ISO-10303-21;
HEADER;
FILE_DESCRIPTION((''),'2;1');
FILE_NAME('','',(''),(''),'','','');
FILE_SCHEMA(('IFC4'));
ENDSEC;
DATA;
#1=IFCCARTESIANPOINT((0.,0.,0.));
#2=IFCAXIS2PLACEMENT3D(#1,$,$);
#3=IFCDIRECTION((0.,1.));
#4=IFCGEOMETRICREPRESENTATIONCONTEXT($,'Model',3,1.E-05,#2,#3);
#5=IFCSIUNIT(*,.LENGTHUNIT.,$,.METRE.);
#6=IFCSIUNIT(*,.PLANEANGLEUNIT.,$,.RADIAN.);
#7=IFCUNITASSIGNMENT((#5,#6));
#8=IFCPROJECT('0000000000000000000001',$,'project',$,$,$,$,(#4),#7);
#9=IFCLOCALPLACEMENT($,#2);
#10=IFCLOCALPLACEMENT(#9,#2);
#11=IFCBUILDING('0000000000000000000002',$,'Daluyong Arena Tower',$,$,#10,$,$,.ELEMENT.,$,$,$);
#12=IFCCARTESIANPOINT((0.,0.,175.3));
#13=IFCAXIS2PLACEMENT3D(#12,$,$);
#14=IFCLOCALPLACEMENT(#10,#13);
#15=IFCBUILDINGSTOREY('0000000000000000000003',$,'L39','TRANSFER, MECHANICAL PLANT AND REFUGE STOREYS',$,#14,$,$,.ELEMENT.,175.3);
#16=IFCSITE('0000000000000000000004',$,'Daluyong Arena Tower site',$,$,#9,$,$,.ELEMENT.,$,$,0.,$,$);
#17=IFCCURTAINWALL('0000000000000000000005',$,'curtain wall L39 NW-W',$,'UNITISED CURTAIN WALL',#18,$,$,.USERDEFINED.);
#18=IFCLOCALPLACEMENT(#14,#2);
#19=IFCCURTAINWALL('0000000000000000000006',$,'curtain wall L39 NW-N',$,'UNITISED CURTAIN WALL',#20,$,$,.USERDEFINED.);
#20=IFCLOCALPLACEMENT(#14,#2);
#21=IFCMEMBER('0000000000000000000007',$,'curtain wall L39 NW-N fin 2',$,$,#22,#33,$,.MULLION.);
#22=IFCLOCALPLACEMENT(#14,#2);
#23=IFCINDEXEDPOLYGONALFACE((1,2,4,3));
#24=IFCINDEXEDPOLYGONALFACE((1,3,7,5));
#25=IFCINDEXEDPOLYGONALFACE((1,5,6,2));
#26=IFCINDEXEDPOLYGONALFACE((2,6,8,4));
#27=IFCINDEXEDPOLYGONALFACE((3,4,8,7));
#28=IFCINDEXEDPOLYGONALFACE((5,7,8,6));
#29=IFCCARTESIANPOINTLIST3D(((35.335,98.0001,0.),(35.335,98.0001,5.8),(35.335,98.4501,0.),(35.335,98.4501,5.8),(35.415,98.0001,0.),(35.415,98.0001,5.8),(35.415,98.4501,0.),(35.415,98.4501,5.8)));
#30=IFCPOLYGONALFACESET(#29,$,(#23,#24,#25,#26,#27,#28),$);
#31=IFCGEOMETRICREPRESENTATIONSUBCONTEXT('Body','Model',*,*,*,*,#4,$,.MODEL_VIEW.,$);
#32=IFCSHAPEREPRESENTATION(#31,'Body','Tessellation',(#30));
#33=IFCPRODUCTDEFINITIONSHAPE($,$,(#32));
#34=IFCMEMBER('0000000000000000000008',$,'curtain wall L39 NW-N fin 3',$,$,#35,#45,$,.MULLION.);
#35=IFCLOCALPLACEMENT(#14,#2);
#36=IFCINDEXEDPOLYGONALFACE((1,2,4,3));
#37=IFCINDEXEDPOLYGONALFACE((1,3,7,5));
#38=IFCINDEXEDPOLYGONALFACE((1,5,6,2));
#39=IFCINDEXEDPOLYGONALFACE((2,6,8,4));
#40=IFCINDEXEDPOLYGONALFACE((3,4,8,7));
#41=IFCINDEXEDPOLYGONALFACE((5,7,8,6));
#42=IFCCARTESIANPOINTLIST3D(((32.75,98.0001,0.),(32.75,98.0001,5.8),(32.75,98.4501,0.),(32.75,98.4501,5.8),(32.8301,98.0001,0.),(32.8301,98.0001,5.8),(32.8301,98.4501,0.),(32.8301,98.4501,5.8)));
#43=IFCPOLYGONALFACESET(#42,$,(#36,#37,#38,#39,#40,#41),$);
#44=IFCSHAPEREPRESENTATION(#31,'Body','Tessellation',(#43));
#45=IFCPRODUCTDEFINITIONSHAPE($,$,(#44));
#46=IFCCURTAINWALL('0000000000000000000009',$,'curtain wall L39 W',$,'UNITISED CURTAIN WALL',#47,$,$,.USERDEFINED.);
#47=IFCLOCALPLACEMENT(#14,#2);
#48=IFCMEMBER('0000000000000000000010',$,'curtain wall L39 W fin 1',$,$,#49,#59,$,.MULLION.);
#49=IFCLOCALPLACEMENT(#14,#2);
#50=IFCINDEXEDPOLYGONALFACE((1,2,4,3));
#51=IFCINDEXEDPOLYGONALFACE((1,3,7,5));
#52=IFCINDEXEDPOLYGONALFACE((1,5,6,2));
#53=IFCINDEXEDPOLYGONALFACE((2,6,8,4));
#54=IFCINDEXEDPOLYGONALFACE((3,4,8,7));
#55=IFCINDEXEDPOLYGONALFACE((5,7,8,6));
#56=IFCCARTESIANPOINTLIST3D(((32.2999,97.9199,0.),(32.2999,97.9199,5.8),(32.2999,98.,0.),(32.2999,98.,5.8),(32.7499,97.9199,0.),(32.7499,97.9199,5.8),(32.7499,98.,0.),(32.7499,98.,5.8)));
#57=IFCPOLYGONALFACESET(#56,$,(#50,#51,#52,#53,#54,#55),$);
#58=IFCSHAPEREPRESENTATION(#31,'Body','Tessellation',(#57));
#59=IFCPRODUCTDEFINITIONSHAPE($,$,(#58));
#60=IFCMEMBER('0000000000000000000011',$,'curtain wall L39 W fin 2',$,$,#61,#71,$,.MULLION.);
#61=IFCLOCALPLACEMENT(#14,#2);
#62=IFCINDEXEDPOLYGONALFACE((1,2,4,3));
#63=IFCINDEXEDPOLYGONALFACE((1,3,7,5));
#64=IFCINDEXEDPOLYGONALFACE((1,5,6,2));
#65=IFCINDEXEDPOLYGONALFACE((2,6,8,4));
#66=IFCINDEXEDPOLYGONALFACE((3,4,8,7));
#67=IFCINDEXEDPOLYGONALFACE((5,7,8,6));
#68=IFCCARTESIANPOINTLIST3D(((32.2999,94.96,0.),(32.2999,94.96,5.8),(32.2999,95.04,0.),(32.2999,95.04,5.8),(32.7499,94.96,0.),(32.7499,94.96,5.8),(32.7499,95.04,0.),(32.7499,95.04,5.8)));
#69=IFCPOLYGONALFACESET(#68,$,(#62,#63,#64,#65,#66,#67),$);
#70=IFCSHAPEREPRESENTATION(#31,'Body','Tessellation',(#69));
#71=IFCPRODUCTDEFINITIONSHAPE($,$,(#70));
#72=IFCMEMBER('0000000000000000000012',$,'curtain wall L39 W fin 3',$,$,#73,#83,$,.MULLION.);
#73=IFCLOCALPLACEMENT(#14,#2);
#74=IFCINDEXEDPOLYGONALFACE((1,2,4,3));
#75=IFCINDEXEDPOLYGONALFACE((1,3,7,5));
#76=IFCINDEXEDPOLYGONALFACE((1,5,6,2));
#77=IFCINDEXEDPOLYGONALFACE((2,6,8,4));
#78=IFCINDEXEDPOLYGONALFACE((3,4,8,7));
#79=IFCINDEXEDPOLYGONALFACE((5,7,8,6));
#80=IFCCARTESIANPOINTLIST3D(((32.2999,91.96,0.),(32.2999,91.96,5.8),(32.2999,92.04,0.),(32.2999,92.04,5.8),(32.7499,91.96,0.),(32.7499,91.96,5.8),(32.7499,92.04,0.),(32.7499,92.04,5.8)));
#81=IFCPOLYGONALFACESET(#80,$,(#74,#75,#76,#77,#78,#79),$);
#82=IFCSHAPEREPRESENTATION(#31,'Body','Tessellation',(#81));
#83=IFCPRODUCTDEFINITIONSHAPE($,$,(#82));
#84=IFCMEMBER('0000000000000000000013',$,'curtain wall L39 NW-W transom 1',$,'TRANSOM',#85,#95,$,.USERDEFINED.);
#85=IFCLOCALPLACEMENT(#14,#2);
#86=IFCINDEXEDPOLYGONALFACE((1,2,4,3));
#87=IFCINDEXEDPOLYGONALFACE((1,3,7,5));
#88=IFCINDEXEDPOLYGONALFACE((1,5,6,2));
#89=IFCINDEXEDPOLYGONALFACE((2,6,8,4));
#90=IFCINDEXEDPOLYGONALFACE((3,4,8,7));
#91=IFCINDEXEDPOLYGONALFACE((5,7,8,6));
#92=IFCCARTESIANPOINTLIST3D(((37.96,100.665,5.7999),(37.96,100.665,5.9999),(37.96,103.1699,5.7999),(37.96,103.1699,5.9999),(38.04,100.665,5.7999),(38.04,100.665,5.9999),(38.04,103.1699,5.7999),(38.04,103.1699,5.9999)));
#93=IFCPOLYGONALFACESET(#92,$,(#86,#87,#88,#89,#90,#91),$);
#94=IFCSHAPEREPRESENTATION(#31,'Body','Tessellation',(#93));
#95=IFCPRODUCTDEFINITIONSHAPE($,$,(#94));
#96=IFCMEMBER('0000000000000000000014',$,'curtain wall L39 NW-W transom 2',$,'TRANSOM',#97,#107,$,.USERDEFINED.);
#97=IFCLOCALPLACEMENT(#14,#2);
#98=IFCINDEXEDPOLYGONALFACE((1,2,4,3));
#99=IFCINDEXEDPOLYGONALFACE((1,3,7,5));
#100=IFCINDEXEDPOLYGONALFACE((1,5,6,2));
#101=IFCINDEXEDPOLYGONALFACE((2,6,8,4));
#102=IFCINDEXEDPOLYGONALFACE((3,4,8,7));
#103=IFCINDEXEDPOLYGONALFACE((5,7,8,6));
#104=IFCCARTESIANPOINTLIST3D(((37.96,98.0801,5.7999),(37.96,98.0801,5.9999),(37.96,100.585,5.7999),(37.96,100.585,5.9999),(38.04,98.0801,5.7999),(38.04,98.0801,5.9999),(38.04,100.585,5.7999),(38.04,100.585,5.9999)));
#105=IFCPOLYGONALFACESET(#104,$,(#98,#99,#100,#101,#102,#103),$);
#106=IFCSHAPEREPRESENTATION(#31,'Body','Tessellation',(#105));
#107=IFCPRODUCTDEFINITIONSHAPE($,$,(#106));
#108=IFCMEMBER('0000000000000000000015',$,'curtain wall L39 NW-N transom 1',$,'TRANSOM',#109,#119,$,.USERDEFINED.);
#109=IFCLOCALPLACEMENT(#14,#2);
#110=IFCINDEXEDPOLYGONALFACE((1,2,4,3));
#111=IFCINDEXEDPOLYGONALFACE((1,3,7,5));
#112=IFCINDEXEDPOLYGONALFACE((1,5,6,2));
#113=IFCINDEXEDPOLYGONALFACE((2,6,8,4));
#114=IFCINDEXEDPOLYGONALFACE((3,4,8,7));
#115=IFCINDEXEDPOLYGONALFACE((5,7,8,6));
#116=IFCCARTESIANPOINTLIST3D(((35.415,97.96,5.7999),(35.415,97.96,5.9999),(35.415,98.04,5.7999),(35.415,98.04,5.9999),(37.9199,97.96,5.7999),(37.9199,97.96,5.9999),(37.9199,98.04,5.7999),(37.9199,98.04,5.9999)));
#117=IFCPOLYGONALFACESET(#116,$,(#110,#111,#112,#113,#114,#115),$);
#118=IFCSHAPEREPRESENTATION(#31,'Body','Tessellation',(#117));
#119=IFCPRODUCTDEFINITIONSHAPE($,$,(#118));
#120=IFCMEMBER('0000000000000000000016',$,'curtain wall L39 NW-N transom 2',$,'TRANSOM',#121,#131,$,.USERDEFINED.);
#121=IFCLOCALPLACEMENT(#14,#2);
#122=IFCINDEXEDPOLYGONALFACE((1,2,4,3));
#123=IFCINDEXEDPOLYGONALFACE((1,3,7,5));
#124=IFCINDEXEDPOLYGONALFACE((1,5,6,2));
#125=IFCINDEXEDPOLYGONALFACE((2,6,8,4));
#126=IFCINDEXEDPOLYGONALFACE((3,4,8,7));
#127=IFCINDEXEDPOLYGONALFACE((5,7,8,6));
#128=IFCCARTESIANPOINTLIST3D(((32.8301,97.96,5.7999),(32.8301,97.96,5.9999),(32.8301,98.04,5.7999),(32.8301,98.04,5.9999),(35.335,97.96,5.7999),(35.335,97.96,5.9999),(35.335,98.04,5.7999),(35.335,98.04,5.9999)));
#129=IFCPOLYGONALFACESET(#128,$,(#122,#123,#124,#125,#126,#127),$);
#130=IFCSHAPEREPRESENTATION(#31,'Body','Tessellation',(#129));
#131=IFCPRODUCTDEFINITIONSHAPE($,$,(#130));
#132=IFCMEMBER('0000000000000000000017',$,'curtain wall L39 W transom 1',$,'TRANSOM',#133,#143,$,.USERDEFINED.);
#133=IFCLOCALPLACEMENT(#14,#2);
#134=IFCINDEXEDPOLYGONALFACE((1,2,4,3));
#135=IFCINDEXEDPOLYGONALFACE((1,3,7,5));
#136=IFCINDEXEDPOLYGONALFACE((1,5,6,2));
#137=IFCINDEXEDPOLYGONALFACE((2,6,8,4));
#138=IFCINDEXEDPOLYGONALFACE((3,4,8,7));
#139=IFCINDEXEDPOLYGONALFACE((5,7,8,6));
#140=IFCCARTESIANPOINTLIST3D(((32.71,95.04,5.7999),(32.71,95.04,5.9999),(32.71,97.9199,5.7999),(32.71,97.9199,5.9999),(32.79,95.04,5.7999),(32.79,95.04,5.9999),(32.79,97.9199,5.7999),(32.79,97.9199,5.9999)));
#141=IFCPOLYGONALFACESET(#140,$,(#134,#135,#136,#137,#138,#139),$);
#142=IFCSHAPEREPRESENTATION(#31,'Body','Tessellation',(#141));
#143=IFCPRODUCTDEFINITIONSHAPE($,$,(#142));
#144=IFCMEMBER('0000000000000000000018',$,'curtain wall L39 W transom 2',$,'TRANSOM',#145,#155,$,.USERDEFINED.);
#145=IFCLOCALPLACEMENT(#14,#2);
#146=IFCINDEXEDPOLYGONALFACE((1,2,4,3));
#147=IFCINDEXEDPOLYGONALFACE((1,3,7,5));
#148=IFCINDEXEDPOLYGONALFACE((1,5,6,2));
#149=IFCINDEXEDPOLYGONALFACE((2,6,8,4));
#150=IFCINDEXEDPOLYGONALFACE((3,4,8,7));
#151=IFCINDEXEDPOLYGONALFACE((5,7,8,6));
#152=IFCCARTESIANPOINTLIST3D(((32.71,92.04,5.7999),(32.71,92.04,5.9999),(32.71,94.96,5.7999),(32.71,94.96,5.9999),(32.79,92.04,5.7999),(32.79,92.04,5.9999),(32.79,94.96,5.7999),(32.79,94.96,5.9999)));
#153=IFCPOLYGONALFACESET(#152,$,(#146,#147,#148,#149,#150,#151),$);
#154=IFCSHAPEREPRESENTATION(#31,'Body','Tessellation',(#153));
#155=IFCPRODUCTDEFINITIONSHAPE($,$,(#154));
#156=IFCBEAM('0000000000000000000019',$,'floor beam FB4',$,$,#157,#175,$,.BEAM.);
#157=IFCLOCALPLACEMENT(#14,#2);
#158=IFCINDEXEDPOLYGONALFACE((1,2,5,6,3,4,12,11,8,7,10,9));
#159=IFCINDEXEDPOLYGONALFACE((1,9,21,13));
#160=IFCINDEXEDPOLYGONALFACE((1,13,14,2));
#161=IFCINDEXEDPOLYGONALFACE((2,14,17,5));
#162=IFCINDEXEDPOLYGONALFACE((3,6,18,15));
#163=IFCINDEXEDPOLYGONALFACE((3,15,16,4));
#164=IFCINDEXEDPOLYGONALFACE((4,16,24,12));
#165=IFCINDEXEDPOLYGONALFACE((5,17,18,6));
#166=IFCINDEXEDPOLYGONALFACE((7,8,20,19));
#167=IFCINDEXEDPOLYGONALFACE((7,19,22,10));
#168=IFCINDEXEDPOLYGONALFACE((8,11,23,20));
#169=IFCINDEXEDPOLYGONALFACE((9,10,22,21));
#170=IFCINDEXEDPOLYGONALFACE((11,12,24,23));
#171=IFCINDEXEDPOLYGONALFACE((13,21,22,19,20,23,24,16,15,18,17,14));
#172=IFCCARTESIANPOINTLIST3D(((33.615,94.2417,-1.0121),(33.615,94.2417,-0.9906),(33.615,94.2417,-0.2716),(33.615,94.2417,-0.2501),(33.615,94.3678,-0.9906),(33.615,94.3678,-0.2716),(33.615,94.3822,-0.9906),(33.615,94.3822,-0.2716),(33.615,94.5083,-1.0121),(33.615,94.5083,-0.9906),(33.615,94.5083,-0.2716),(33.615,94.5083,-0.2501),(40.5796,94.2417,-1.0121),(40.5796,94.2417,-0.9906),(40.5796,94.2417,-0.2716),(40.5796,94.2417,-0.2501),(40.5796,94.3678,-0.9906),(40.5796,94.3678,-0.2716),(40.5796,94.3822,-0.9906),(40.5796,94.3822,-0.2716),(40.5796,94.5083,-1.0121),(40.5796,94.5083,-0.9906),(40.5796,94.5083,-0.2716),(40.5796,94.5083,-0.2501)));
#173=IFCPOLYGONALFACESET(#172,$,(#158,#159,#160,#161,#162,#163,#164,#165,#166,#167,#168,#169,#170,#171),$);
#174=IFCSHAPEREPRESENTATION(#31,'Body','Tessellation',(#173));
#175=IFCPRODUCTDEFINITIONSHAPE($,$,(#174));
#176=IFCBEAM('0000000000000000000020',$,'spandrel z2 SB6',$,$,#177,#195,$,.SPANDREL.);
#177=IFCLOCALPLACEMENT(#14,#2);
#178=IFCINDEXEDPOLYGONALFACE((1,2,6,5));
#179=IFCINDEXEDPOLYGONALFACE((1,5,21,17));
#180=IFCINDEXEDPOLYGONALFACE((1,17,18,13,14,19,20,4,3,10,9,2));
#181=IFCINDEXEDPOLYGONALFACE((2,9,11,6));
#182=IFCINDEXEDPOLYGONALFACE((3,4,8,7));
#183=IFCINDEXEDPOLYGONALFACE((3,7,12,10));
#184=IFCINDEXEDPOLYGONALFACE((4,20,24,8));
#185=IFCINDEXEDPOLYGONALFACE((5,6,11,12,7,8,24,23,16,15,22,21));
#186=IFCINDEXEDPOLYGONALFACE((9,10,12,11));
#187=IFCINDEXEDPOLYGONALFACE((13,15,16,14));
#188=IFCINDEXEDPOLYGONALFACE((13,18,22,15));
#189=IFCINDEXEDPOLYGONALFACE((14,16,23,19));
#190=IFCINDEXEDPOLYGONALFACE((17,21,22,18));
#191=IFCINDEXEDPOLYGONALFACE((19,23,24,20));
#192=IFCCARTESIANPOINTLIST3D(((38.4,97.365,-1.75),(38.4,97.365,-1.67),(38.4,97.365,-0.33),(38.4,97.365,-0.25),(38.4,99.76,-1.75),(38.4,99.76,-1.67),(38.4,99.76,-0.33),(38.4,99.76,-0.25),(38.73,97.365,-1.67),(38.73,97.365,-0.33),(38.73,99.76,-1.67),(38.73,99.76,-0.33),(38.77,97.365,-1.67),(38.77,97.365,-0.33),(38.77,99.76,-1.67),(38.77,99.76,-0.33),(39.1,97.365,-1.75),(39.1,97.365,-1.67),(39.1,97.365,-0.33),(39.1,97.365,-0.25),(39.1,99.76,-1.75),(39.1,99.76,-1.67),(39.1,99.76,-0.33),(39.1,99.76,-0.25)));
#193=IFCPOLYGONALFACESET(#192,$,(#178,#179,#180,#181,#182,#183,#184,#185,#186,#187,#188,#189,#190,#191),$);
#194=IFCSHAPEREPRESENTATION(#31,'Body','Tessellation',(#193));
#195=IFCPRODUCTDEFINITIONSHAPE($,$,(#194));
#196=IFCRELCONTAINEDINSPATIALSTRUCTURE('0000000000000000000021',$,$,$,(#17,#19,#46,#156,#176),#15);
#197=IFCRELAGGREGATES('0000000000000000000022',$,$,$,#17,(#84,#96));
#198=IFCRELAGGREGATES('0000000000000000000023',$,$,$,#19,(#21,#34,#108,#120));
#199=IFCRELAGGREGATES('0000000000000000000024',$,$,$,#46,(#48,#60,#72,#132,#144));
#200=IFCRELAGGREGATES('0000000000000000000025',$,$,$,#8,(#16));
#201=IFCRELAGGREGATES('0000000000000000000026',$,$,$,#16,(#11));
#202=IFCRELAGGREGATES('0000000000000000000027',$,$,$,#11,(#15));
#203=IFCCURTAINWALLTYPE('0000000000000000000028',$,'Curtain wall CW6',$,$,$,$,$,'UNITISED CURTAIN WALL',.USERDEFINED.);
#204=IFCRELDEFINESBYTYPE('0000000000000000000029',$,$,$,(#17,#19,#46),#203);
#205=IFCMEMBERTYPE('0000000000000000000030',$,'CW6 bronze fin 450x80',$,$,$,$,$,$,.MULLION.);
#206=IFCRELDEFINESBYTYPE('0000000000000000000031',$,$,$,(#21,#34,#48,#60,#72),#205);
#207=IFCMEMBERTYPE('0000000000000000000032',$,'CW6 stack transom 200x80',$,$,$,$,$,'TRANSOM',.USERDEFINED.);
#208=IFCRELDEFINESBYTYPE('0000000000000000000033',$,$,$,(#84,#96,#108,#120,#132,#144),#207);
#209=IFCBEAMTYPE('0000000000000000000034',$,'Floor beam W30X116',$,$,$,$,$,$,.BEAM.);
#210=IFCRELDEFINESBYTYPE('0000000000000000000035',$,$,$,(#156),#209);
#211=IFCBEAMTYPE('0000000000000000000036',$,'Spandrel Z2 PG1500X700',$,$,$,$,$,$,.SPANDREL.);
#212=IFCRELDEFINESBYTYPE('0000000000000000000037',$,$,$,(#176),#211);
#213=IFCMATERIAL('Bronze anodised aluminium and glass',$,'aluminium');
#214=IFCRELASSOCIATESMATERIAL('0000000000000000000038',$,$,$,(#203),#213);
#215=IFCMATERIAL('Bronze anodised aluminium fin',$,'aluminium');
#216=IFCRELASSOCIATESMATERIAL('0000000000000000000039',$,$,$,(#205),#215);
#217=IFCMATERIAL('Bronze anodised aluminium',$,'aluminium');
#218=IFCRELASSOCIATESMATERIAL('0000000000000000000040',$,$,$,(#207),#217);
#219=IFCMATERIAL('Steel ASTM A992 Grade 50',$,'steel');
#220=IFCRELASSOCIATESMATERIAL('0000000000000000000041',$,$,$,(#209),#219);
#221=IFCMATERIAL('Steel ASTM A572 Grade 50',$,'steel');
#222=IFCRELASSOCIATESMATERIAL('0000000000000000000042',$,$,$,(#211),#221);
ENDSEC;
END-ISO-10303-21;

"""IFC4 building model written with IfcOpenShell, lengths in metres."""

from ifc_helpers import new_model, si_unit, direction, frame, origin, origin_2d, place, context, subcontext, project, spatial, rectangle, i_section, extrude, material, material_profile, profile_set, type_object, element, aggregate, save


model = new_model("IFC4")

# Units and contexts
model_context = context("Model", 3, precision=1e-05, world=origin(), true_north=direction((0.0, 1.0)))
body_context = subcontext(model_context, "Body", "Model", "MODEL_VIEW")
ifc_project = project(units=[si_unit("LENGTHUNIT", "METRE"), si_unit("PLANEANGLEUNIT", "RADIAN")], contexts=[model_context])

# Site, building, storey
site_placement = place(None, origin())
site = spatial("IfcSite", under=ifc_project, at=site_placement, Name="Daluyong Arena Tower site", CompositionType="ELEMENT", RefElevation=0.0)
building_placement = place(site_placement, origin())
building = spatial("IfcBuilding", under=site, at=building_placement, Name="Daluyong Arena Tower", CompositionType="ELEMENT")
storey_placement = place(building_placement, frame((0.0, 0.0, 175.3)))
storey = spatial("IfcBuildingStorey", under=building, at=storey_placement, Name="L39", Description="TRANSFER, MECHANICAL PLANT AND REFUGE STOREYS", CompositionType="ELEMENT", Elevation=175.3)

# Shared definitions
ifc_material_1 = material(Name="Bronze anodised aluminium and glass", Category="aluminium")
curtain_wall_type = type_object("IfcCurtainWallType", Name="Curtain wall CW6", ElementType="UNITISED CURTAIN WALL", PredefinedType="USERDEFINED", material=ifc_material_1)
ifc_material_2 = material(Name="Bronze anodised aluminium fin", Category="aluminium")
ifc_material_profile_1 = material_profile(ifc_material_2, rectangle(XDim=0.45, YDim=0.0801, at=origin_2d()))
ifc_profile_set_1 = profile_set([ifc_material_profile_1], Name="Bronze anodised aluminium fin")
member_type_1 = type_object("IfcMemberType", Name="CW6 bronze fin 450x80", PredefinedType="MULLION", material=ifc_profile_set_1)

# Curtain walls, members
curtain_wall_1_placement = place(storey_placement, origin())
curtain_wall_1 = element("IfcCurtainWall", 1, at=curtain_wall_1_placement, inside=storey, type_object=curtain_wall_type, Name="curtain wall L39 NW-W", ObjectType="UNITISED CURTAIN WALL", PredefinedType="USERDEFINED")
curtain_wall_2_placement = place(storey_placement, origin())
curtain_wall_2 = element("IfcCurtainWall", 2, at=curtain_wall_2_placement, inside=storey, type_object=curtain_wall_type, Name="curtain wall L39 NW-N", ObjectType="UNITISED CURTAIN WALL", PredefinedType="USERDEFINED")
member_1_placement = place(storey_placement, frame((35.375, 98.2251, 0.0), z_axis=(0.0, 0.0, 1.0), x_axis=(0.0, -1.0, 0.0)))
member_1 = element("IfcMember", 3, at=member_1_placement, type_object=member_type_1, Name="curtain wall L39 NW-N fin 2", PredefinedType="MULLION", context=body_context, shape_type="SweptSolid", body=[
    extrude(rectangle(XDim=0.45, YDim=0.0801, at=origin_2d()), origin(), (0.0, 0.0, 1.0), 5.8),
])
member_2_placement = place(storey_placement, frame((32.79, 98.2251, 0.0), z_axis=(0.0, 0.0, 1.0), x_axis=(0.0, -1.0, 0.0)))
member_2 = element("IfcMember", 4, at=member_2_placement, type_object=member_type_1, Name="curtain wall L39 NW-N fin 3", PredefinedType="MULLION", context=body_context, shape_type="SweptSolid", body=[
    extrude(rectangle(XDim=0.45, YDim=0.0801, at=origin_2d()), origin(), (0.0, 0.0, 1.0), 5.8),
])
curtain_wall_3_placement = place(storey_placement, origin())
curtain_wall_3 = element("IfcCurtainWall", 5, at=curtain_wall_3_placement, inside=storey, type_object=curtain_wall_type, Name="curtain wall L39 W", ObjectType="UNITISED CURTAIN WALL", PredefinedType="USERDEFINED")
member_3_placement = place(storey_placement, frame((32.5249, 97.96, 0.0), z_axis=(0.0, 0.0, 1.0), x_axis=(1.0, 0.0, 0.0)))
member_3 = element("IfcMember", 6, at=member_3_placement, type_object=member_type_1, Name="curtain wall L39 W fin 1", PredefinedType="MULLION", context=body_context, shape_type="SweptSolid", body=[
    extrude(rectangle(XDim=0.45, YDim=0.0801, at=origin_2d()), origin(), (0.0, 0.0, 1.0), 5.8),
])
member_4_placement = place(storey_placement, frame((32.5249, 95.0, 0.0), z_axis=(0.0, 0.0, 1.0), x_axis=(1.0, 0.0, 0.0)))
member_4 = element("IfcMember", 7, at=member_4_placement, type_object=member_type_1, Name="curtain wall L39 W fin 2", PredefinedType="MULLION", context=body_context, shape_type="SweptSolid", body=[
    extrude(rectangle(XDim=0.45, YDim=0.0801, at=origin_2d()), origin(), (0.0, 0.0, 1.0), 5.8),
])
member_5_placement = place(storey_placement, frame((32.5249, 92.0, 0.0), z_axis=(0.0, 0.0, 1.0), x_axis=(1.0, 0.0, 0.0)))
member_5 = element("IfcMember", 8, at=member_5_placement, type_object=member_type_1, Name="curtain wall L39 W fin 3", PredefinedType="MULLION", context=body_context, shape_type="SweptSolid", body=[
    extrude(rectangle(XDim=0.45, YDim=0.0801, at=origin_2d()), origin(), (0.0, 0.0, 1.0), 5.8),
])

# Members
ifc_material_3 = material(Name="Bronze anodised aluminium", Category="aluminium")
ifc_material_profile_2 = material_profile(ifc_material_3, rectangle(XDim=0.0801, YDim=0.2, at=origin_2d()))
ifc_profile_set_2 = profile_set([ifc_material_profile_2], Name="Bronze anodised aluminium")
member_type_2 = type_object("IfcMemberType", Name="CW6 stack transom 200x80", ElementType="TRANSOM", PredefinedType="USERDEFINED", material=ifc_profile_set_2)
member_6_placement = place(storey_placement, frame((38.0, 103.1699, 5.8999), z_axis=(0.0, -1.0, 0.0), x_axis=(1.0, 0.0, 0.0)))
member_6 = element("IfcMember", 9, at=member_6_placement, type_object=member_type_2, Name="curtain wall L39 NW-W transom 1", ObjectType="TRANSOM", PredefinedType="USERDEFINED", context=body_context, shape_type="SweptSolid", body=[
    extrude(rectangle(XDim=0.0801, YDim=0.2, at=origin_2d()), origin(), (0.0, 0.0, 1.0), 2.5049),
])
member_7_placement = place(storey_placement, frame((38.0, 100.585, 5.8999), z_axis=(0.0, -1.0, 0.0), x_axis=(1.0, 0.0, 0.0)))
member_7 = element("IfcMember", 10, at=member_7_placement, type_object=member_type_2, Name="curtain wall L39 NW-W transom 2", ObjectType="TRANSOM", PredefinedType="USERDEFINED", context=body_context, shape_type="SweptSolid", body=[
    extrude(rectangle(XDim=0.0801, YDim=0.2, at=origin_2d()), origin(), (0.0, 0.0, 1.0), 2.5049),
])
member_8_placement = place(storey_placement, frame((37.9199, 98.0, 5.8999), z_axis=(-1.0, 0.0, 0.0), x_axis=(0.0, -1.0, 0.0)))
member_8 = element("IfcMember", 11, at=member_8_placement, type_object=member_type_2, Name="curtain wall L39 NW-N transom 1", ObjectType="TRANSOM", PredefinedType="USERDEFINED", context=body_context, shape_type="SweptSolid", body=[
    extrude(rectangle(XDim=0.0801, YDim=0.2, at=origin_2d()), origin(), (0.0, 0.0, 1.0), 2.5049),
])
member_9_placement = place(storey_placement, frame((35.335, 98.0, 5.8999), z_axis=(-1.0, 0.0, 0.0), x_axis=(0.0, -1.0, 0.0)))
member_9 = element("IfcMember", 12, at=member_9_placement, type_object=member_type_2, Name="curtain wall L39 NW-N transom 2", ObjectType="TRANSOM", PredefinedType="USERDEFINED", context=body_context, shape_type="SweptSolid", body=[
    extrude(rectangle(XDim=0.0801, YDim=0.2, at=origin_2d()), origin(), (0.0, 0.0, 1.0), 2.5049),
])
member_10_placement = place(storey_placement, frame((32.75, 97.9199, 5.8999), z_axis=(0.0, -1.0, 0.0), x_axis=(1.0, 0.0, 0.0)))
member_10 = element("IfcMember", 13, at=member_10_placement, type_object=member_type_2, Name="curtain wall L39 W transom 1", ObjectType="TRANSOM", PredefinedType="USERDEFINED", context=body_context, shape_type="SweptSolid", body=[
    extrude(rectangle(XDim=0.0801, YDim=0.2, at=origin_2d()), origin(), (0.0, 0.0, 1.0), 2.8799),
])
member_11_placement = place(storey_placement, frame((32.75, 94.96, 5.8999), z_axis=(0.0, -1.0, 0.0), x_axis=(1.0, 0.0, 0.0)))
member_11 = element("IfcMember", 14, at=member_11_placement, type_object=member_type_2, Name="curtain wall L39 W transom 2", ObjectType="TRANSOM", PredefinedType="USERDEFINED", context=body_context, shape_type="SweptSolid", body=[
    extrude(rectangle(XDim=0.0801, YDim=0.2, at=origin_2d()), origin(), (0.0, 0.0, 1.0), 2.9199),
])

# Beams
ifc_material_4 = material(Name="Steel ASTM A992 Grade 50", Category="steel")
ifc_material_profile_3 = material_profile(ifc_material_4, i_section(OverallWidth=0.2666, OverallDepth=0.762, WebThickness=0.0144, FlangeThickness=0.0215, at=origin_2d()))
ifc_profile_set_3 = profile_set([ifc_material_profile_3], Name="Steel ASTM A992 Grade 50")
beam_type_1 = type_object("IfcBeamType", Name="Floor beam W30X116", PredefinedType="BEAM", material=ifc_profile_set_3)
beam_placement = place(storey_placement, frame((33.615, 94.375, -0.6311), z_axis=(1.0, 0.0, 0.0), x_axis=(0.0, 1.0, 0.0)))
element("IfcBeam", 15, at=beam_placement, inside=storey, type_object=beam_type_1, Name="floor beam FB4", PredefinedType="BEAM", context=body_context, shape_type="SweptSolid", body=[
    extrude(i_section(OverallWidth=0.2666, OverallDepth=0.762, WebThickness=0.0144, FlangeThickness=0.0215, at=origin_2d()), origin(), (0.0, 0.0, 1.0), 6.9646),
])
ifc_material_5 = material(Name="Steel ASTM A572 Grade 50", Category="steel")
ifc_material_profile_4 = material_profile(ifc_material_5, i_section(OverallWidth=0.7, OverallDepth=1.5, WebThickness=0.04, FlangeThickness=0.08, at=origin_2d()))
ifc_profile_set_4 = profile_set([ifc_material_profile_4], Name="Steel ASTM A572 Grade 50")
beam_type_2 = type_object("IfcBeamType", Name="Spandrel Z2 PG1500X700", PredefinedType="SPANDREL", material=ifc_profile_set_4)
for number, where, z_axis, x_axis, name in (
    (16, (38.75, 99.76, -1.0), (0.0, -1.0, 0.0), (1.0, 0.0, 0.0), "spandrel z2 SB6"),
):
    element("IfcBeam", number, at=place(storey_placement, frame(where, z_axis=z_axis, x_axis=x_axis)), inside=storey, type_object=beam_type_2, Name=name, PredefinedType="SPANDREL", context=body_context, shape_type="SweptSolid", body=[
        extrude(i_section(OverallWidth=0.7, OverallDepth=1.5, WebThickness=0.04, FlangeThickness=0.08, at=origin_2d()), origin(), (0.0, 0.0, 1.0), 2.395),
    ])

aggregate(curtain_wall_1, [member_6, member_7])
aggregate(curtain_wall_2, [member_1, member_2, member_8, member_9])
aggregate(curtain_wall_3, [member_3, member_4, member_5, member_10, member_11])

save(model, "model.ifc")
